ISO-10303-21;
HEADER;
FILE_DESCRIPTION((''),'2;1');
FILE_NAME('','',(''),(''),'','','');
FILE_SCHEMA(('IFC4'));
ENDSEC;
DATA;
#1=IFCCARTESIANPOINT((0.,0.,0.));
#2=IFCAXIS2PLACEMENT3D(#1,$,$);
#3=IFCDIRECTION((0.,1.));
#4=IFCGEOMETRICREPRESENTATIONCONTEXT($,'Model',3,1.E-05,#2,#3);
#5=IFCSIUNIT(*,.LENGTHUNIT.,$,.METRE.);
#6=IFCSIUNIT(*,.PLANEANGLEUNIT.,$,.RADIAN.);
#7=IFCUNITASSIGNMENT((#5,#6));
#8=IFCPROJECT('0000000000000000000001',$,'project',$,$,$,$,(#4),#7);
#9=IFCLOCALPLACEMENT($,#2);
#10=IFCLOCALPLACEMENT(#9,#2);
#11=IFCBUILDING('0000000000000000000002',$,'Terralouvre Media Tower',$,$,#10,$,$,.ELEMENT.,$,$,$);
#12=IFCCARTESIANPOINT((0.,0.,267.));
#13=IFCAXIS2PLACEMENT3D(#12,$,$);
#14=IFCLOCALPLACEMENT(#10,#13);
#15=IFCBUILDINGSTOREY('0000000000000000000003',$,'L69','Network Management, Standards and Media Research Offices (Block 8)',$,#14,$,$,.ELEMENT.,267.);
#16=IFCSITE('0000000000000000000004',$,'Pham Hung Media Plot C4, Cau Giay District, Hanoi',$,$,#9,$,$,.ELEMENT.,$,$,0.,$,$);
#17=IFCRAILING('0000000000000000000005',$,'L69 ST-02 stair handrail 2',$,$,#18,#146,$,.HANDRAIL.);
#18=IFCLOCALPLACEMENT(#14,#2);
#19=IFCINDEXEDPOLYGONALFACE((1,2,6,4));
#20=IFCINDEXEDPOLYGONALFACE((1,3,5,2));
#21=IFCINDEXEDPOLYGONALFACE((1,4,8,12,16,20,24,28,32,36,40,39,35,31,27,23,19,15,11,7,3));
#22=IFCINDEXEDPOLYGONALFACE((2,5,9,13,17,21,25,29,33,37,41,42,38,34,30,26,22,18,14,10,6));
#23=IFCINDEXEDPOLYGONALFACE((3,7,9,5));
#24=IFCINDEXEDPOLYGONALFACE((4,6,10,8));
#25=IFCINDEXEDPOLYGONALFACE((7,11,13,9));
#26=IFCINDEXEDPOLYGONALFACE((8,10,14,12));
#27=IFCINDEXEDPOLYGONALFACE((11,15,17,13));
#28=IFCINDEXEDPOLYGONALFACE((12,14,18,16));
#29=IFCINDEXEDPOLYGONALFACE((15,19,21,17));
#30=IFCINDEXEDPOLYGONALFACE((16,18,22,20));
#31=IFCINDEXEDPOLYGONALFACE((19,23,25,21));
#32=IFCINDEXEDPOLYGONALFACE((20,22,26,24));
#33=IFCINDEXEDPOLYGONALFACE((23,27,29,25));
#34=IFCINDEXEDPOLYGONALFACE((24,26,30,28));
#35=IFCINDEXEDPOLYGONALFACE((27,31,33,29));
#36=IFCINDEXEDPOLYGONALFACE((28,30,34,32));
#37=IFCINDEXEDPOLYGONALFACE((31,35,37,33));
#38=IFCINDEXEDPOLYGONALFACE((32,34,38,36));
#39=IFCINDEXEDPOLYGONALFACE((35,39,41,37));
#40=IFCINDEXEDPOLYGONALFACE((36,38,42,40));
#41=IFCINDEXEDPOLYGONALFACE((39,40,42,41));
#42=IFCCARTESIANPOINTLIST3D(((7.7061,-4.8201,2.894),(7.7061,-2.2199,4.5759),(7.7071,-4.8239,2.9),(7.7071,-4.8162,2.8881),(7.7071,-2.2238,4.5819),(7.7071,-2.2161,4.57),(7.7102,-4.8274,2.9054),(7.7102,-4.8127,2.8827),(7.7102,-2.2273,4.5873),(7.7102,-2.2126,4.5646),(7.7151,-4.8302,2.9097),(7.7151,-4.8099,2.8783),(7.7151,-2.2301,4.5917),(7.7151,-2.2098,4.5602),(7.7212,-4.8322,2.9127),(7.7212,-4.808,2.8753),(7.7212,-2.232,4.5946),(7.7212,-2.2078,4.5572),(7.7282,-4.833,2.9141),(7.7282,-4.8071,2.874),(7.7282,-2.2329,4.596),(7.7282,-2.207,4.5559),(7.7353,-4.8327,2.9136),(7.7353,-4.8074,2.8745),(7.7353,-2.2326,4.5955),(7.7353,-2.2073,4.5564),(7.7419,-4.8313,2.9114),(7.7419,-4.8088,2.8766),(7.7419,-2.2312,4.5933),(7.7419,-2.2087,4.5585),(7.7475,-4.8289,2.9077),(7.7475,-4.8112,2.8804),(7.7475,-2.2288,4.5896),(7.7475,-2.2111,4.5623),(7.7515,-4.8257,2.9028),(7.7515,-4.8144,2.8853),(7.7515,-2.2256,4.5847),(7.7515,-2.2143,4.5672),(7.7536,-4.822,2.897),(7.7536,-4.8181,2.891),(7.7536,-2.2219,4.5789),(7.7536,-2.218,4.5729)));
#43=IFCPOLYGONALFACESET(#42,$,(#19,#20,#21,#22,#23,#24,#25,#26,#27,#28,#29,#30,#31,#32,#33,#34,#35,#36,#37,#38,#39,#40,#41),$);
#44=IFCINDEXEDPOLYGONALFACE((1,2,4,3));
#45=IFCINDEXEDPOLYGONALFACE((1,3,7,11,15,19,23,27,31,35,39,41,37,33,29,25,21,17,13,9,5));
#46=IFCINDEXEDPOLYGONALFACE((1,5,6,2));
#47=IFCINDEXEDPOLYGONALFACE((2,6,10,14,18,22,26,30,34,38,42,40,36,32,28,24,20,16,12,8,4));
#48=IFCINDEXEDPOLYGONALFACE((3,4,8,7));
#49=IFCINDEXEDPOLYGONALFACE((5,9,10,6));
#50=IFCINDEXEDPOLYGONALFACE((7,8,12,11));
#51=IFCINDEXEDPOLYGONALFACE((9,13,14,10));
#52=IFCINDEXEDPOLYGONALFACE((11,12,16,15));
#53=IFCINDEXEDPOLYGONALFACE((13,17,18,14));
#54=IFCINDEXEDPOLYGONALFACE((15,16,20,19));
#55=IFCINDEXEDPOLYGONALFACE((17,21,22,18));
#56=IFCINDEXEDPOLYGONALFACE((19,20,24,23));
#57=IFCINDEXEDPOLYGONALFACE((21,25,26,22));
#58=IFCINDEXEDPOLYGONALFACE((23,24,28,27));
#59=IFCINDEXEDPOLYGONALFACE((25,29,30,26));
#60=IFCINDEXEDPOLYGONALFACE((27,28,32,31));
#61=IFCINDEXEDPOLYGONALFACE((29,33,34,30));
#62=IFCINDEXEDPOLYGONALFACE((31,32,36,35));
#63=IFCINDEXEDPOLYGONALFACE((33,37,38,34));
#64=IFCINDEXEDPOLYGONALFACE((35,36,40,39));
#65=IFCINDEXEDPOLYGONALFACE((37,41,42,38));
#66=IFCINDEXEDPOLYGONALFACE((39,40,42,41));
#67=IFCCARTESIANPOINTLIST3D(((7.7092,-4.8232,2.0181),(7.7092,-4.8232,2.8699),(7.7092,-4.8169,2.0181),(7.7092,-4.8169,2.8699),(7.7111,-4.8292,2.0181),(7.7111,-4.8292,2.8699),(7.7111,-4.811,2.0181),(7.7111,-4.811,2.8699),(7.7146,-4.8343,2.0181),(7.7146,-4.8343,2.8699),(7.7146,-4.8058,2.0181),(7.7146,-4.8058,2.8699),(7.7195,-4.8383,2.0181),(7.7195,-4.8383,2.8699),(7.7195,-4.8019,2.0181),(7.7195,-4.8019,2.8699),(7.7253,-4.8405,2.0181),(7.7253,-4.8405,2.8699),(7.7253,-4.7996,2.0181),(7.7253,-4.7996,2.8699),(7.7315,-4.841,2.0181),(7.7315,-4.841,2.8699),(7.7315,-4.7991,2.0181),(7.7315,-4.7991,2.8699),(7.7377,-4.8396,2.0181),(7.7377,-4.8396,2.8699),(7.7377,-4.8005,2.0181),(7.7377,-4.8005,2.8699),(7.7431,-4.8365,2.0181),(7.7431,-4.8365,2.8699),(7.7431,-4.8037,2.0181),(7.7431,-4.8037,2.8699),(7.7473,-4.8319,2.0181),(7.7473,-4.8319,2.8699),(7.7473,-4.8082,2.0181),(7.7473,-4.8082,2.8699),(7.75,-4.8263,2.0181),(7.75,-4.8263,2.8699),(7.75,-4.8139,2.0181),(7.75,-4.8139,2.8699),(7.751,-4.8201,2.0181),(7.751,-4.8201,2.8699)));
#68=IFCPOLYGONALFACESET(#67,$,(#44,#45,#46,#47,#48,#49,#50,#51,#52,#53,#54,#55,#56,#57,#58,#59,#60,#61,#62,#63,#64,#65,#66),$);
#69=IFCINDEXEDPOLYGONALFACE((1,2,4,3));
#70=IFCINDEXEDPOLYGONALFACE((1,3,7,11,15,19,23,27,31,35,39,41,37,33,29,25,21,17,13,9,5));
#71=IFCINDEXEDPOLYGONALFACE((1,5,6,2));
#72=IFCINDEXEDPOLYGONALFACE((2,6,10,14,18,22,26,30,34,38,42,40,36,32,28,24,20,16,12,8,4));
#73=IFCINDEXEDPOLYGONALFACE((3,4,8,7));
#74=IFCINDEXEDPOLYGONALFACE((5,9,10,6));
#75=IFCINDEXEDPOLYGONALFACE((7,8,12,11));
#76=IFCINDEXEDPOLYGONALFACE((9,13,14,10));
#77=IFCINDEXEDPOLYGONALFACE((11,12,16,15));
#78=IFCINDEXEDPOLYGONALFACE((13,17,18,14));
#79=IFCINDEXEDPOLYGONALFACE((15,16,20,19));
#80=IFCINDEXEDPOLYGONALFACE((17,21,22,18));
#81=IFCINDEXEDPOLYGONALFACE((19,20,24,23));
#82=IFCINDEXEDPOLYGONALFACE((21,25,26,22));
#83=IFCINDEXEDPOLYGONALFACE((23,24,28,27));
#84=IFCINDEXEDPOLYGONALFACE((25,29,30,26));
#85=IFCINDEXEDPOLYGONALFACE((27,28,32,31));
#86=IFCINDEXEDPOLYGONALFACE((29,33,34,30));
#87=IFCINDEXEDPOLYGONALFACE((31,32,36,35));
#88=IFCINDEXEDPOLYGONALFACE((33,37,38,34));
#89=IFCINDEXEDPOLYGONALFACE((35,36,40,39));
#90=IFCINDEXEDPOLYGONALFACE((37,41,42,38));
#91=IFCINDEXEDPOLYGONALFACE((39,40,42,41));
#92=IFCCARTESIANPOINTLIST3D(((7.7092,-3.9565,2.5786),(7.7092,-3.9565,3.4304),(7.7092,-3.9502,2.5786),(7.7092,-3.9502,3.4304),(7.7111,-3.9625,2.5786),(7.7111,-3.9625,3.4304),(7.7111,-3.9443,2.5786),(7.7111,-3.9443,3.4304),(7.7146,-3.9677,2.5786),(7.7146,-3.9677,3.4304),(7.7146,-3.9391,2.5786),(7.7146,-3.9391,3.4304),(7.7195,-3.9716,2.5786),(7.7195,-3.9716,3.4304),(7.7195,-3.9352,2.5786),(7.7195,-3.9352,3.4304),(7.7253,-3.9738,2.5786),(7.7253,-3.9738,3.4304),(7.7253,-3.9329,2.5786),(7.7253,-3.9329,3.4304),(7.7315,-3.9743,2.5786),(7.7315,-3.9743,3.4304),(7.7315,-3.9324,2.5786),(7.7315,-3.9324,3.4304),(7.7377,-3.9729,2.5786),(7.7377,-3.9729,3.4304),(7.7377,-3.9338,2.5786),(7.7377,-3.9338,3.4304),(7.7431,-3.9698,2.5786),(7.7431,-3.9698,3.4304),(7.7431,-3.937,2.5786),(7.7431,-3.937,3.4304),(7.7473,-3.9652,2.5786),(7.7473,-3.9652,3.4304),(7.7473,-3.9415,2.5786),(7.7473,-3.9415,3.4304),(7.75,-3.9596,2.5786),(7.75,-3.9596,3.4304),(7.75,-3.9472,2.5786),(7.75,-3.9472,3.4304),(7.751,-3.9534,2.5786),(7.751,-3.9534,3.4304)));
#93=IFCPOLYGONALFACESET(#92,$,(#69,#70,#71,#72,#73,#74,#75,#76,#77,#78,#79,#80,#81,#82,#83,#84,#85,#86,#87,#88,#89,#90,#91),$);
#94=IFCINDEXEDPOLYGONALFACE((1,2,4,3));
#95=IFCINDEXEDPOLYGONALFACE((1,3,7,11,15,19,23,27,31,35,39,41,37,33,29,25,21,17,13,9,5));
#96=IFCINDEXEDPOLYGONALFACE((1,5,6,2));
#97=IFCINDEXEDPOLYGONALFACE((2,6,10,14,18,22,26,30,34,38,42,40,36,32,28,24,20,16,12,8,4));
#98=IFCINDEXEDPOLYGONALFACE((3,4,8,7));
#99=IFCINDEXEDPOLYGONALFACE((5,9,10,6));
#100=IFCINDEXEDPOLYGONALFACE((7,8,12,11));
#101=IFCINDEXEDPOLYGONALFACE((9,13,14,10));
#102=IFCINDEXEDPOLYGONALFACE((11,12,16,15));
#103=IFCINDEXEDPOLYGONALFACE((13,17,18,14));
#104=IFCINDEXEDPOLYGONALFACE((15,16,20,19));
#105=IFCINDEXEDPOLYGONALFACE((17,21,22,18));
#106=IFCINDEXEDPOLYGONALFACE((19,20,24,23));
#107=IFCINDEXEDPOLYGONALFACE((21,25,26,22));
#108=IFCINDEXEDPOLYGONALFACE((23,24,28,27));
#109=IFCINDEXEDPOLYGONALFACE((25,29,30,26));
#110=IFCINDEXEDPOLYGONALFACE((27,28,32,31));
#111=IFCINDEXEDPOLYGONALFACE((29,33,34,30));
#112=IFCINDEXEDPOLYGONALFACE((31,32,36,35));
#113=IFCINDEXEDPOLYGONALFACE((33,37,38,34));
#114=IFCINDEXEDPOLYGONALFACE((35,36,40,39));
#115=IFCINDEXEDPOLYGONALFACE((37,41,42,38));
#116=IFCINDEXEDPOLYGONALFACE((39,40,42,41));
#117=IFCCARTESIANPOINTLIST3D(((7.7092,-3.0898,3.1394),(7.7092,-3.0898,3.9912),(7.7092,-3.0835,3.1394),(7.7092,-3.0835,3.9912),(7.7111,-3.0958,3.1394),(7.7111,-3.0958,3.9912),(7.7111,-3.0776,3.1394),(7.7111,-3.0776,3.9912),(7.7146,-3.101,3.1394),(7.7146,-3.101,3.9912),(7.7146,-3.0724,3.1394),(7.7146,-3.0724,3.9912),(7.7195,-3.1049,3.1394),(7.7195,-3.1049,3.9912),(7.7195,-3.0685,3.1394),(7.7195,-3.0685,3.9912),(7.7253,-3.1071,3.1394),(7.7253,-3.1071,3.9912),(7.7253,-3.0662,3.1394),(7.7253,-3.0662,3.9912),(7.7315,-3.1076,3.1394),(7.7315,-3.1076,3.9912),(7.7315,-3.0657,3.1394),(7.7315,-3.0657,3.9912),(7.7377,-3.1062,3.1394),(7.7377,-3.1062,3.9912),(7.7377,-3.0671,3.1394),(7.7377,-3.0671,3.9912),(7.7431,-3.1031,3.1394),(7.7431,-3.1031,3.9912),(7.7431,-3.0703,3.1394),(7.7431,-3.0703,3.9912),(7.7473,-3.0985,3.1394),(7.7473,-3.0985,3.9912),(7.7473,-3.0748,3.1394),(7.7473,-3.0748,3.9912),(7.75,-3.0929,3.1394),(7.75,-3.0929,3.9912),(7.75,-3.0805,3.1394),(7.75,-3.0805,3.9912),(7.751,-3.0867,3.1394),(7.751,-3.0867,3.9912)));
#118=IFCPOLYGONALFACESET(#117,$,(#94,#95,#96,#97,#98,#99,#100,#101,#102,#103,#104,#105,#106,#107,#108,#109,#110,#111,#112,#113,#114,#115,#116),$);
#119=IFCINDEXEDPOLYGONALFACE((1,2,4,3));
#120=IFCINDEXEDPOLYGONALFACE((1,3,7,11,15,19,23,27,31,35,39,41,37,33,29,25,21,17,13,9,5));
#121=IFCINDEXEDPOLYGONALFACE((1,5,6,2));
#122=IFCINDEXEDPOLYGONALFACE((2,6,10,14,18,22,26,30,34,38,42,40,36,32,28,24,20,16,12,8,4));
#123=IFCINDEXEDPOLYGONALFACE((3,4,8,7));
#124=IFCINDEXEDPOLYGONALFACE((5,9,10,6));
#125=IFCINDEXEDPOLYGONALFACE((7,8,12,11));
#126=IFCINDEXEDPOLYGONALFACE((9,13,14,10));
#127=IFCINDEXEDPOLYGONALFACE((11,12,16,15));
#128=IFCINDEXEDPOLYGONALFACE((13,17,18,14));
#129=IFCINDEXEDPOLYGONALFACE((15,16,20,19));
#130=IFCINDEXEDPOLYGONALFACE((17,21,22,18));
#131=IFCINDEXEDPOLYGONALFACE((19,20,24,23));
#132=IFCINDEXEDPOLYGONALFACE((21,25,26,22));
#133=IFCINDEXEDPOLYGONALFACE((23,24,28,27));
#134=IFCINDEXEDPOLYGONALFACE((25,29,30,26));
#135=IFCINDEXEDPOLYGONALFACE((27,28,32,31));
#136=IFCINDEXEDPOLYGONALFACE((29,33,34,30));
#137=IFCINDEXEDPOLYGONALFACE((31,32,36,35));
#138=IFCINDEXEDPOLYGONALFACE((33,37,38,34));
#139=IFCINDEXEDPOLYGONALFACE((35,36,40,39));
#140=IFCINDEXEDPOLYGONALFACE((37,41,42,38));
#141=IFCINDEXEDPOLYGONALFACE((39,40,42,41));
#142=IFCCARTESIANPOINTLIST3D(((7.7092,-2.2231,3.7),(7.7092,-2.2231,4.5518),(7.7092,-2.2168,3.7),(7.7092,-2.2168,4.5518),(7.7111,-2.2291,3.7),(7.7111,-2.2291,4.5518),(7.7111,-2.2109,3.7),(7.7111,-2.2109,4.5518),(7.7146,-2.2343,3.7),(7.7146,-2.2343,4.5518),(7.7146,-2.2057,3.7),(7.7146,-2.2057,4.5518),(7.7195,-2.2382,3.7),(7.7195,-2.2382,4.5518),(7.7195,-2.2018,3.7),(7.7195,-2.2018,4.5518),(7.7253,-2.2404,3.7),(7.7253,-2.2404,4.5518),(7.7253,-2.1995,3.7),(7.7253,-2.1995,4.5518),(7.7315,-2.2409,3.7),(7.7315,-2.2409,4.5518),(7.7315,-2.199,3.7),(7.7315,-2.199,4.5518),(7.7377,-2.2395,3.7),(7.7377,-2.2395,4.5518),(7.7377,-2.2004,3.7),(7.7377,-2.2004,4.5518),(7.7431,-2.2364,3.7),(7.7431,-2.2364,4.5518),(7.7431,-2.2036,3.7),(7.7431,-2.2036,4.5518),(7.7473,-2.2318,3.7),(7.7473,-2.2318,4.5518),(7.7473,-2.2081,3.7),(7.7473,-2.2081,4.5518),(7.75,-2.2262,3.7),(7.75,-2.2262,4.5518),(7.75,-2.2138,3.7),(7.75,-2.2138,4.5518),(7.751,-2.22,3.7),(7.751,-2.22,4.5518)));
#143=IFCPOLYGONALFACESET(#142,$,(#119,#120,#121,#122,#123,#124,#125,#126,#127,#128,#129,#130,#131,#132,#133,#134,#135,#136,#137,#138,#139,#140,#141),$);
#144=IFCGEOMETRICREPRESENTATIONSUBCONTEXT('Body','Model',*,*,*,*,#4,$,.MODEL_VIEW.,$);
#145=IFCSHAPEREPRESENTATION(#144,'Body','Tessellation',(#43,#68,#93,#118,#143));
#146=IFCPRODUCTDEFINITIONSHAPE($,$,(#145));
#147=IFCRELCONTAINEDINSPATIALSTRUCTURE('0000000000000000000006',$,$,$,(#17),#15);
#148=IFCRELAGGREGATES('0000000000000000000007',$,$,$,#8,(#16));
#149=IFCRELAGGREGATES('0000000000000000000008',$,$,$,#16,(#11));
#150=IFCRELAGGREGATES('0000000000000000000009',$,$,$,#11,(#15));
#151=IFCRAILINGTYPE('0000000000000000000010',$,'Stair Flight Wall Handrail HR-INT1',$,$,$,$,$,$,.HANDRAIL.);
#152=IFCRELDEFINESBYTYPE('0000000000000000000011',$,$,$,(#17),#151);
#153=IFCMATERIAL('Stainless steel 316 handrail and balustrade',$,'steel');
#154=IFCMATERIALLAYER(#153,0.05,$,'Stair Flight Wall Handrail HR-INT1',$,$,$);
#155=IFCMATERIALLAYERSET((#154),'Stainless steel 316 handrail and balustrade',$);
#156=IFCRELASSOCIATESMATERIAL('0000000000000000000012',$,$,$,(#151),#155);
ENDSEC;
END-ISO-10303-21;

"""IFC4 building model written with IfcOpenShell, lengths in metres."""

from ifc_helpers import new_model, si_unit, direction, frame, origin, origin_2d, place, context, subcontext, project, spatial, circle, extrude, material, layer, layer_set, type_object, element, save


model = new_model("IFC4")

# Units and contexts
model_context = context("Model", 3, precision=1e-05, world=origin(), true_north=direction((0.0, 1.0)))
body_context = subcontext(model_context, "Body", "Model", "MODEL_VIEW")
ifc_project = project(units=[si_unit("LENGTHUNIT", "METRE"), si_unit("PLANEANGLEUNIT", "RADIAN")], contexts=[model_context])

# Site, building, storey
site_placement = place(None, origin())
site = spatial("IfcSite", under=ifc_project, at=site_placement, Name="Pham Hung Media Plot C4, Cau Giay District, Hanoi", CompositionType="ELEMENT", RefElevation=0.0)
building_placement = place(site_placement, origin())
building = spatial("IfcBuilding", under=site, at=building_placement, Name="Terralouvre Media Tower", CompositionType="ELEMENT")
storey_placement = place(building_placement, frame((0.0, 0.0, 267.0)))
storey = spatial("IfcBuildingStorey", under=building, at=storey_placement, Name="L69", Description="Network Management, Standards and Media Research Offices (Block 8)", CompositionType="ELEMENT", Elevation=267.0)

# Railing
ifc_material_1 = material(Name="Stainless steel 316 handrail and balustrade", Category="steel")
ifc_layer_1 = layer(ifc_material_1, 0.05, Name="Stair Flight Wall Handrail HR-INT1")
ifc_layer_set_1 = layer_set([ifc_layer_1], Name="Stainless steel 316 handrail and balustrade")
railing_type_1 = type_object("IfcRailingType", Name="Stair Flight Wall Handrail HR-INT1", PredefinedType="HANDRAIL", material=ifc_layer_set_1)
railing_1_placement = place(storey_placement, frame((7.73, -4.8201, 2.0181)))
element("IfcRailing", 1, at=railing_1_placement, inside=storey, type_object=railing_type_1, Name="L69 ST-02 stair handrail 2", PredefinedType="HANDRAIL", context=body_context, shape_type="SweptSolid", body=[
    extrude(circle(Radius=0.0239, at=origin_2d()), frame((0.0, 0.0, 0.876), z_axis=(0.0, 0.839648, 0.54313), x_axis=(-1.0, 0.0, 0.0)), (0.0, 0.0, 1.0), 3.0967),
    extrude(circle(Radius=0.021, at=origin_2d()), origin(), (0.0, 0.0, 1.0), 0.8518),
    extrude(circle(Radius=0.021, at=origin_2d()), frame((0.0, 0.8667, 0.5605)), (0.0, 0.0, 1.0), 0.8518),
    extrude(circle(Radius=0.021, at=origin_2d()), frame((0.0, 1.7334, 1.1213)), (0.0, 0.0, 1.0), 0.8518),
    extrude(circle(Radius=0.021, at=origin_2d()), frame((0.0, 2.6001, 1.6819)), (0.0, 0.0, 1.0), 0.8518),
])

save(model, "model.ifc")
